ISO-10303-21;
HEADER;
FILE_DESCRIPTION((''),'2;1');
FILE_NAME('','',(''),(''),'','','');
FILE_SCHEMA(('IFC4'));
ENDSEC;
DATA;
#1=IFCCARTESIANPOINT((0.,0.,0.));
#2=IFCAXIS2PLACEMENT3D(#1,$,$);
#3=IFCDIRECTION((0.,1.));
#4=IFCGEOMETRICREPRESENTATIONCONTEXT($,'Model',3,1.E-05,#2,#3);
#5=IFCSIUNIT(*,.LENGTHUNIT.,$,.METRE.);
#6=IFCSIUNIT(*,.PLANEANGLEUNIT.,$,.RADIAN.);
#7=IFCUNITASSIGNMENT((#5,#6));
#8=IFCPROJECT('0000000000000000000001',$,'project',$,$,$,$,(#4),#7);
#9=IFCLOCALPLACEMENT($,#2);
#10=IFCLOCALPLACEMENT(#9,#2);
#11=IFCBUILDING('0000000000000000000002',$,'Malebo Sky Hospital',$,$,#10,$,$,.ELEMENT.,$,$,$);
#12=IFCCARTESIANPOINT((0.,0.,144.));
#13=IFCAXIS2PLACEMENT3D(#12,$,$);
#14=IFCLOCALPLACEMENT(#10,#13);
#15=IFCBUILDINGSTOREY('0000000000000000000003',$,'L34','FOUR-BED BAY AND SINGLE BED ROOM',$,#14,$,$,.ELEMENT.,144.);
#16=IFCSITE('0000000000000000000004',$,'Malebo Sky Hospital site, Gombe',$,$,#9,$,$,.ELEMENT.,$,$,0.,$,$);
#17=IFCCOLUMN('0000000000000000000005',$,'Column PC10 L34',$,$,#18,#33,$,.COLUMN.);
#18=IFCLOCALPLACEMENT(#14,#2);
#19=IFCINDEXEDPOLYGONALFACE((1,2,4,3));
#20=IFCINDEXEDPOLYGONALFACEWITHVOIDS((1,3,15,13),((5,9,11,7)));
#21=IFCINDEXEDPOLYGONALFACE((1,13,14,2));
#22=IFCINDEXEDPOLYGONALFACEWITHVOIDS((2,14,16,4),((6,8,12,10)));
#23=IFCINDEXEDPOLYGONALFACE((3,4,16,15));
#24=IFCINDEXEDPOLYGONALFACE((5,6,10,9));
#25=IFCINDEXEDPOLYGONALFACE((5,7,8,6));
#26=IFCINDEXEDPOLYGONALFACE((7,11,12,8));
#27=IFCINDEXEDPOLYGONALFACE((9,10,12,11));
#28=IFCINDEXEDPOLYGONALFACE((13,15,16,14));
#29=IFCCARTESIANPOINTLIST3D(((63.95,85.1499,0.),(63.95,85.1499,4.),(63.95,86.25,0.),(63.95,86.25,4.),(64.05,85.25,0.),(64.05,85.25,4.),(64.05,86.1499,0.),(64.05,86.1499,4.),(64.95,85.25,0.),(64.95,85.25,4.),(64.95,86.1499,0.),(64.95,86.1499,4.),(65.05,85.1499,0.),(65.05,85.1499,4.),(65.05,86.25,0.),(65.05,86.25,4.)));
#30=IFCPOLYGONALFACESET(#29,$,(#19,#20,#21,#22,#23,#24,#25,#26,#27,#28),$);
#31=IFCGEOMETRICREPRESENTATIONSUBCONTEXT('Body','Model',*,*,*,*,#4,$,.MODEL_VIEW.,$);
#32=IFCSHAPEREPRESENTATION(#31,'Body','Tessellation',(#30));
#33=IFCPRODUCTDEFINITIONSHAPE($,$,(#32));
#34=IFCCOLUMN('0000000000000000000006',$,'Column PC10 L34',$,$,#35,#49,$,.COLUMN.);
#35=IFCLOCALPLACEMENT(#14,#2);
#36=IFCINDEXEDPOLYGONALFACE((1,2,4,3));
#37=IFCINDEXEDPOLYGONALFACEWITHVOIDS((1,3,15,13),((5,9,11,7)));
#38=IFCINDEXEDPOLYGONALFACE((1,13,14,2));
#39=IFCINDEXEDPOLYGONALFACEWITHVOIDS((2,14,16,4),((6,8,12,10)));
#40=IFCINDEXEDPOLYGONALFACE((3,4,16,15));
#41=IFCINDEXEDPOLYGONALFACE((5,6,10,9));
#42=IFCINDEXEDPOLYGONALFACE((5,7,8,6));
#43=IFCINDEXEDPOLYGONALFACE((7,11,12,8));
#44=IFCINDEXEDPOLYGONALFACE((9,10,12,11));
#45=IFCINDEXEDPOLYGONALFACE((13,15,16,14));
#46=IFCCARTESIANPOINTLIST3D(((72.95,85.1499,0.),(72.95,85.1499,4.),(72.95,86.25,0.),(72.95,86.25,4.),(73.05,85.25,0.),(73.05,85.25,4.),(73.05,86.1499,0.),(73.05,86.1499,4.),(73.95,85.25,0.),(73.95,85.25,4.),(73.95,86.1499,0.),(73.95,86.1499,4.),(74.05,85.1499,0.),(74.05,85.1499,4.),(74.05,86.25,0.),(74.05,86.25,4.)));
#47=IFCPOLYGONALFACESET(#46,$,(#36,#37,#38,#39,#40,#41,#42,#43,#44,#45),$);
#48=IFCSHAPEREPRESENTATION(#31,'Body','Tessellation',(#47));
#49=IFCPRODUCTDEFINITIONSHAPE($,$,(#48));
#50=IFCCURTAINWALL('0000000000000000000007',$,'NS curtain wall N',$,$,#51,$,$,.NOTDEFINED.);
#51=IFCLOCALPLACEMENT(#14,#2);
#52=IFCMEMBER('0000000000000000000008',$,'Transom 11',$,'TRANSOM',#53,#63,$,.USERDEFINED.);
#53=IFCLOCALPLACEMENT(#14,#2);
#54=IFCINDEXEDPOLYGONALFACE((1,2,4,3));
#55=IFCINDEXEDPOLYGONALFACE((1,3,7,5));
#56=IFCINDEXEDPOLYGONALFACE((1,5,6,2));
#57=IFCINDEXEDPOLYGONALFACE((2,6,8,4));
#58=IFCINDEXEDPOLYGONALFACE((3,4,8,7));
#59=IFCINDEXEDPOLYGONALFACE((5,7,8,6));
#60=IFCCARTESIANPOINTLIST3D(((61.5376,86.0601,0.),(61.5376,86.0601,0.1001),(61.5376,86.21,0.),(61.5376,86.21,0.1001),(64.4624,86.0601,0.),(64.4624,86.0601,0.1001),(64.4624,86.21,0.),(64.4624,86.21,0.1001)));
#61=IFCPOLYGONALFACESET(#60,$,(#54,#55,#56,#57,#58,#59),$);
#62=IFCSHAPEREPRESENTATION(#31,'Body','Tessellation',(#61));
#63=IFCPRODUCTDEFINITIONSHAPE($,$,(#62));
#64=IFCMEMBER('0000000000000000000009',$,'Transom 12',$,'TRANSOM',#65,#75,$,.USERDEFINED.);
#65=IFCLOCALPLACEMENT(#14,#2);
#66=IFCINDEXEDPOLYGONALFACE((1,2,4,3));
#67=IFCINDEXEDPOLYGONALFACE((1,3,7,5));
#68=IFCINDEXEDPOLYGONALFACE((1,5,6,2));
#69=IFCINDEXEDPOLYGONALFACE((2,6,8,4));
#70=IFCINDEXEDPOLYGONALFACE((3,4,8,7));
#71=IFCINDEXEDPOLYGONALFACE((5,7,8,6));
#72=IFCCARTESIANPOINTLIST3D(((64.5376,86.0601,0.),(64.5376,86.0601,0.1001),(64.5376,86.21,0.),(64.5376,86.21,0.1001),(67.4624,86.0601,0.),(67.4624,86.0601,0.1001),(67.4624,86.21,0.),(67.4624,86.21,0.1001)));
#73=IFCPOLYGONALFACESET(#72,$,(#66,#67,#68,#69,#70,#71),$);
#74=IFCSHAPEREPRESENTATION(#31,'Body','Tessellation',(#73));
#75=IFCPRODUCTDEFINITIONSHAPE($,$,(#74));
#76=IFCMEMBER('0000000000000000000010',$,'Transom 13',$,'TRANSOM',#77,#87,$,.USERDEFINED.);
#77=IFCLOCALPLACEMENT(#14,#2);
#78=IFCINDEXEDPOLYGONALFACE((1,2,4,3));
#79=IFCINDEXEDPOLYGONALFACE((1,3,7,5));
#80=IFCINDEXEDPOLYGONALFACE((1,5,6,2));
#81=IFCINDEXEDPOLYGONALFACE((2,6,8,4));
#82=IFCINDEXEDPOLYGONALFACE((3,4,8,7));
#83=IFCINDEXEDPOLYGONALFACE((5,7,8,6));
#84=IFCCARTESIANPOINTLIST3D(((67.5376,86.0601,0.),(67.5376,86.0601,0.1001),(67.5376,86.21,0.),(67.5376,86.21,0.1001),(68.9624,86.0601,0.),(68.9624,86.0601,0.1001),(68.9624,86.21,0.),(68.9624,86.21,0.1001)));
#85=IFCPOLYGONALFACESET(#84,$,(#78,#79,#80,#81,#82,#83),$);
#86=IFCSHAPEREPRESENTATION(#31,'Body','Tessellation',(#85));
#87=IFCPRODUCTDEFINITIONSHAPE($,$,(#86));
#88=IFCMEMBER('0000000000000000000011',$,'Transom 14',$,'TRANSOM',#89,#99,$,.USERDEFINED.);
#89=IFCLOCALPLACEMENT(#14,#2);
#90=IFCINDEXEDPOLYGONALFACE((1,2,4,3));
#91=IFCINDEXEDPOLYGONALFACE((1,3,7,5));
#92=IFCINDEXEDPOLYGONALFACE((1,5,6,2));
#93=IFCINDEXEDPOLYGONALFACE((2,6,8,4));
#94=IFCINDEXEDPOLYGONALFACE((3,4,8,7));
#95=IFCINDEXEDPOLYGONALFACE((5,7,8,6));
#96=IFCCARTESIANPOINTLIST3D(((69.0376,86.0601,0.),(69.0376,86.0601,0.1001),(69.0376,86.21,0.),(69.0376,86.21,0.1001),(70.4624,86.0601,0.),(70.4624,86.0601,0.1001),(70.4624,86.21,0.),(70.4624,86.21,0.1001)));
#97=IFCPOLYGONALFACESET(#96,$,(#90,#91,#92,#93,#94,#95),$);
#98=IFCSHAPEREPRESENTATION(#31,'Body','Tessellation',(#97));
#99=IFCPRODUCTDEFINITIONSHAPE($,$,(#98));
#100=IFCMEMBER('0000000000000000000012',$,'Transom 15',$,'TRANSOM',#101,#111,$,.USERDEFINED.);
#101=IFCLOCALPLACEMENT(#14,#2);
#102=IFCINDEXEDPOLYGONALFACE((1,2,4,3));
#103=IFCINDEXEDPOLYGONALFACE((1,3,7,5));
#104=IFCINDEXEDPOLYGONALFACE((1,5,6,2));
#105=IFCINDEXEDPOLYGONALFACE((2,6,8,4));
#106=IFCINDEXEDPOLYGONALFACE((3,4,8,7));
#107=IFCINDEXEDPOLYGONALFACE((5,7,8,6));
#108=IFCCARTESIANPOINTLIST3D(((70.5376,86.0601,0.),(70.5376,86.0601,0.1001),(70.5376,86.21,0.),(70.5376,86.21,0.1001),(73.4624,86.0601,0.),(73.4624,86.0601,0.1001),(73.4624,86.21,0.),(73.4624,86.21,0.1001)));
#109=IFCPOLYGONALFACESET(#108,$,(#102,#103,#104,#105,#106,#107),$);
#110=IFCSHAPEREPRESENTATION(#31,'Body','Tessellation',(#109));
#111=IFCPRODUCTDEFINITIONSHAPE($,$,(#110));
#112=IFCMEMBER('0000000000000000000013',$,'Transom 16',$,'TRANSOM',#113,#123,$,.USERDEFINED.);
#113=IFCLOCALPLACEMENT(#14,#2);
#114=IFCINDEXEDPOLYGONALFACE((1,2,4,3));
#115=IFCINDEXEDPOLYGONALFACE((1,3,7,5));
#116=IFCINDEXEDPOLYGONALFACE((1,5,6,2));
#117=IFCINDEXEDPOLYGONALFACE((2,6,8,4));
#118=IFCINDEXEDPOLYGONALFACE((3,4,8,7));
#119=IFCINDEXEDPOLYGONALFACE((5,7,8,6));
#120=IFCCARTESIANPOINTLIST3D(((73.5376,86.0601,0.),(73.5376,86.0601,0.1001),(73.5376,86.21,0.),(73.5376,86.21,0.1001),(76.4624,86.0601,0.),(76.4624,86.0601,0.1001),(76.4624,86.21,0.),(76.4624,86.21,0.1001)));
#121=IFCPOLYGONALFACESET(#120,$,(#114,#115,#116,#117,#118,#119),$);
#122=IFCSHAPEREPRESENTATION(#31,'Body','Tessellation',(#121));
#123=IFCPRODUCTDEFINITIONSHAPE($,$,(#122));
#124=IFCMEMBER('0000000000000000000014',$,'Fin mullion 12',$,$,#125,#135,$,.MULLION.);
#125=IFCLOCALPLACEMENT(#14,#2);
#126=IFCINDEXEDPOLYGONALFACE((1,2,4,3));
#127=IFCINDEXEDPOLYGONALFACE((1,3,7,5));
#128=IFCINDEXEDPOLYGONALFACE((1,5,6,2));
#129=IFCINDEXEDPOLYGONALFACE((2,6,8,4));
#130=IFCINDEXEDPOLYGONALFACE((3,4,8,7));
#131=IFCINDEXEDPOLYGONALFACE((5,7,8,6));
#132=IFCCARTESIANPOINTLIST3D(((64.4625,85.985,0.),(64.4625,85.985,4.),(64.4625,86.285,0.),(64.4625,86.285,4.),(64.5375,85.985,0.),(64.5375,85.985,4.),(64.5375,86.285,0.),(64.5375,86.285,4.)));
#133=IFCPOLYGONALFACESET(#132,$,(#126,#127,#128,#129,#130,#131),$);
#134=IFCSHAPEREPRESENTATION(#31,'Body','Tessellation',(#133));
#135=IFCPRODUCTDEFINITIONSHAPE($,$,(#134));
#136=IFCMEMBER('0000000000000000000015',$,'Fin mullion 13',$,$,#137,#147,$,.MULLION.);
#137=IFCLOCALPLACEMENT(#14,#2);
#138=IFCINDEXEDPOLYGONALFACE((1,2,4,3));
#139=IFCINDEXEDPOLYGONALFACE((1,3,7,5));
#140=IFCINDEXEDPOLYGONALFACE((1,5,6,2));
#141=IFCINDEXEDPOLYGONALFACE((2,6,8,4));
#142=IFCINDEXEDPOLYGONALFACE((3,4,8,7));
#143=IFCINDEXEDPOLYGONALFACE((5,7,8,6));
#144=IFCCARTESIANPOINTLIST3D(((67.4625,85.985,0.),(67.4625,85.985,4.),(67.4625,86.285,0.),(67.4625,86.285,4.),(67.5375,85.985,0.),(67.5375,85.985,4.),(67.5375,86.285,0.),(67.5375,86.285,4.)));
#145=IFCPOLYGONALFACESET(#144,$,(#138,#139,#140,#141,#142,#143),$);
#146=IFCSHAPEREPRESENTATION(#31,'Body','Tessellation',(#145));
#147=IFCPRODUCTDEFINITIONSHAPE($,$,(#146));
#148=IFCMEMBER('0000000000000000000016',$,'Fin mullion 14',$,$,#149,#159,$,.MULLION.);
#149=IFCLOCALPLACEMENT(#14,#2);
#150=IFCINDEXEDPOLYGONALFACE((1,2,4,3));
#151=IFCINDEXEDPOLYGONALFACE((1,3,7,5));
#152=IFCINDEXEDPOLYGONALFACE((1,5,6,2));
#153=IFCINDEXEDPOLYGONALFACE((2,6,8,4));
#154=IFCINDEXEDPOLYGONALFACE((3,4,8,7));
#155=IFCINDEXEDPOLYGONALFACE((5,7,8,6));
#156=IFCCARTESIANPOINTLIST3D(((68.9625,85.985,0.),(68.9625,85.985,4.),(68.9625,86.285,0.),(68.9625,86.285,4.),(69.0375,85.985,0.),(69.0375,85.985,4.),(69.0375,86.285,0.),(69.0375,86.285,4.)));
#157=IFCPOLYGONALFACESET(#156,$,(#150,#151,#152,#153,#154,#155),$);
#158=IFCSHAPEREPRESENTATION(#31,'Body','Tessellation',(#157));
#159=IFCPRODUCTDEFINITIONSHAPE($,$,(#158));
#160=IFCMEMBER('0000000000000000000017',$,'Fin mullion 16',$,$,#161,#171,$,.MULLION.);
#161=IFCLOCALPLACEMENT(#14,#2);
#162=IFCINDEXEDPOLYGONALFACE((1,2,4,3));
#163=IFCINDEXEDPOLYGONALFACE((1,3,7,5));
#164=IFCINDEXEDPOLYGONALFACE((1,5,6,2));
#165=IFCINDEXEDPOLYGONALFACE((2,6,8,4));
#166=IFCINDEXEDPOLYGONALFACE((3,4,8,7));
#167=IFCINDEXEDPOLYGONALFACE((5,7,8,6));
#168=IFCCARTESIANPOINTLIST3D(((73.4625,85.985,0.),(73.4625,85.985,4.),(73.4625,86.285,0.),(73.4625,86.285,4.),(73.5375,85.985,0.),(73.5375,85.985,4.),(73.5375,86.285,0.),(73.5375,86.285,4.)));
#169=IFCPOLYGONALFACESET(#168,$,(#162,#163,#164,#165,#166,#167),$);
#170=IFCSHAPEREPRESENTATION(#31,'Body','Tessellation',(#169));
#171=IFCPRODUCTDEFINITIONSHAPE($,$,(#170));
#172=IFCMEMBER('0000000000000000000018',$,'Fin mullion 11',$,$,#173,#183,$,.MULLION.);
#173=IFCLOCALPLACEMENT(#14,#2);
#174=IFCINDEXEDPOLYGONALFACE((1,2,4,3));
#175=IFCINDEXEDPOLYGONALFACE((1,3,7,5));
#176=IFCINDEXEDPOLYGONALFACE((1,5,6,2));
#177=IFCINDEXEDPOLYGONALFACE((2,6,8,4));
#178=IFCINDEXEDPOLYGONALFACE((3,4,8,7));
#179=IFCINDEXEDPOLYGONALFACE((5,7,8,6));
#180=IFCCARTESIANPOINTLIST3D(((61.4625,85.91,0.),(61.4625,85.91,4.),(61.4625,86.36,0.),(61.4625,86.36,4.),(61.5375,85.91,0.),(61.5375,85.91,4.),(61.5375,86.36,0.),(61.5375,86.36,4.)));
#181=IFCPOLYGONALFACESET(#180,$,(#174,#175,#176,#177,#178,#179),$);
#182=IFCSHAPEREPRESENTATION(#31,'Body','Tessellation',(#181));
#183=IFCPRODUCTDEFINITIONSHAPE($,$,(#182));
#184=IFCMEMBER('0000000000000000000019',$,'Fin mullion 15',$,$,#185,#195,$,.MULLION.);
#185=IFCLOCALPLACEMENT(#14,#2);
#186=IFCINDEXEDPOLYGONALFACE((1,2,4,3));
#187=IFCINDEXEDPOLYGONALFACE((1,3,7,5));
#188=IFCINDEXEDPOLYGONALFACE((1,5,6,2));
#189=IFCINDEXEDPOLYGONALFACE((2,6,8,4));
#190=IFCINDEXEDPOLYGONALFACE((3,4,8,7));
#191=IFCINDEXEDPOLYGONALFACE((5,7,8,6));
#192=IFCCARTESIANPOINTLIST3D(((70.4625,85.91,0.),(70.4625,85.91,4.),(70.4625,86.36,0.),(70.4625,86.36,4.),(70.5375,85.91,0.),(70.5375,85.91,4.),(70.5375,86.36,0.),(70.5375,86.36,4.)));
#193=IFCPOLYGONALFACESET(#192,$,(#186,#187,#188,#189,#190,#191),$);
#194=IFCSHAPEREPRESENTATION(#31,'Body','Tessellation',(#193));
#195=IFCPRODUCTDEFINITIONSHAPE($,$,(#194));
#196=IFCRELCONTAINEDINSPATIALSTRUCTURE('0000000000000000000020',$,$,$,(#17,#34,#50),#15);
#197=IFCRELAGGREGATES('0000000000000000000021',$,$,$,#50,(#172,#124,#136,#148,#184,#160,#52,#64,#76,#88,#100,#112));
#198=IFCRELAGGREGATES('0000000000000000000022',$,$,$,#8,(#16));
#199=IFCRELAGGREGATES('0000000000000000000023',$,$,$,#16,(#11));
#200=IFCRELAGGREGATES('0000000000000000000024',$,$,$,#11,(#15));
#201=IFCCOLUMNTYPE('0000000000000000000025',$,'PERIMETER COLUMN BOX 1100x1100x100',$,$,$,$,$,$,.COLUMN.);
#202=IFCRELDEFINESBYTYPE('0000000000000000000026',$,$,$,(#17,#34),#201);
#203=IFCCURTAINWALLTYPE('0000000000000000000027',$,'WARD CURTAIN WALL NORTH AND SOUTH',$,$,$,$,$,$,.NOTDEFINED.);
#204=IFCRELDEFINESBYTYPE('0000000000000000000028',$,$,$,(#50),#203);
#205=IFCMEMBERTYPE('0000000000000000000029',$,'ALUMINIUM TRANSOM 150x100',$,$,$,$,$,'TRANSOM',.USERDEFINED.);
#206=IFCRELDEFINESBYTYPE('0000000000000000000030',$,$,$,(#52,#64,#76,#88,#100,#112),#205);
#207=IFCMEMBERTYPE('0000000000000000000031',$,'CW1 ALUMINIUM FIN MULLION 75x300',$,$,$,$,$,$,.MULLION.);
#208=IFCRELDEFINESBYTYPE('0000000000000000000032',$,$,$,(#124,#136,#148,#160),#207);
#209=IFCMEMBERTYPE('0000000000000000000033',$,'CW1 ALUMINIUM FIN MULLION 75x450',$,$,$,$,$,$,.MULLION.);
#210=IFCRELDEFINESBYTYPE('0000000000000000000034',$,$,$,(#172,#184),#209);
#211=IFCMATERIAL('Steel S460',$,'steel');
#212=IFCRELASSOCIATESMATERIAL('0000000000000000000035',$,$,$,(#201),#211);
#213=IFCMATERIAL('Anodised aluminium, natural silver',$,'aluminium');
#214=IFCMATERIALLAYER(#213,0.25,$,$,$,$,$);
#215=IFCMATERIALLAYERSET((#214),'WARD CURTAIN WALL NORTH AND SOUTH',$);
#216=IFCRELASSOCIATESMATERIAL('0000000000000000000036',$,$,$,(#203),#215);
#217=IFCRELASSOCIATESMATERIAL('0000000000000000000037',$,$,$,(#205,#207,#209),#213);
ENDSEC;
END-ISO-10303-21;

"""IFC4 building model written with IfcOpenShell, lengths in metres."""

from ifc_helpers import new_model, si_unit, direction, frame, origin, origin_2d, place, context, subcontext, project, spatial, rectangle, hollow_rectangle, extrude, material, layer, layer_set, material_profile, profile_set, type_object, element, aggregate, save


model = new_model("IFC4")

# Units and contexts
model_context = context("Model", 3, precision=1e-05, world=origin(), true_north=direction((0.0, 1.0)))
body_context = subcontext(model_context, "Body", "Model", "MODEL_VIEW")
ifc_project = project(units=[si_unit("LENGTHUNIT", "METRE"), si_unit("PLANEANGLEUNIT", "RADIAN")], contexts=[model_context])

# Site, building, storey
site_placement = place(None, origin())
site = spatial("IfcSite", under=ifc_project, at=site_placement, Name="Malebo Sky Hospital site, Gombe", CompositionType="ELEMENT", RefElevation=0.0)
building_placement = place(site_placement, origin())
building = spatial("IfcBuilding", under=site, at=building_placement, Name="Malebo Sky Hospital", CompositionType="ELEMENT")
storey_placement = place(building_placement, frame((0.0, 0.0, 144.0)))
storey = spatial("IfcBuildingStorey", under=building, at=storey_placement, Name="L34", Description="FOUR-BED BAY AND SINGLE BED ROOM", CompositionType="ELEMENT", Elevation=144.0)

# Columns
ifc_material_1 = material(Name="Steel S460", Category="steel")
ifc_material_profile_1 = material_profile(ifc_material_1, hollow_rectangle(XDim=1.1001, YDim=1.1001, WallThickness=0.1001, at=origin_2d()), Name="BOX 1100x1100x100")
ifc_profile_set_1 = profile_set([ifc_material_profile_1], Name="Steel S460")
column_type = type_object("IfcColumnType", Name="PERIMETER COLUMN BOX 1100x1100x100", PredefinedType="COLUMN", material=ifc_profile_set_1)
for number, where, z_axis, x_axis, name in (
    (1, (64.5, 85.7, 0.0), (0.0, 0.0, 1.0), (1.0, 0.0, 0.0), "Column PC10 L34"),
    (2, (73.5, 85.7, 0.0), (0.0, 0.0, 1.0), (1.0, 0.0, 0.0), "Column PC10 L34"),
):
    element("IfcColumn", number, at=place(storey_placement, frame(where, z_axis=z_axis, x_axis=x_axis)), inside=storey, type_object=column_type, Name=name, PredefinedType="COLUMN", context=body_context, shape_type="SweptSolid", body=[
        extrude(hollow_rectangle(XDim=1.1001, YDim=1.1001, WallThickness=0.1001, at=origin_2d()), origin(), (0.0, 0.0, 1.0), 4.0),
    ])

# Curtain wall, members
ifc_material_2 = material(Name="Anodised aluminium, natural silver", Category="aluminium")
ifc_layer_1 = layer(ifc_material_2, 0.25)
ifc_layer_set_1 = layer_set([ifc_layer_1], Name="WARD CURTAIN WALL NORTH AND SOUTH")
curtain_wall_type = type_object("IfcCurtainWallType", Name="WARD CURTAIN WALL NORTH AND SOUTH", PredefinedType="NOTDEFINED", material=ifc_layer_set_1)
curtain_wall_placement = place(storey_placement, origin())
curtain_wall = element("IfcCurtainWall", 3, at=curtain_wall_placement, inside=storey, type_object=curtain_wall_type, Name="NS curtain wall N", PredefinedType="NOTDEFINED")
ifc_material_profile_2 = material_profile(ifc_material_2, rectangle(XDim=0.1499, YDim=0.1001, at=origin_2d()), Name="ALUMINIUM TRANSOM 150x100")
ifc_profile_set_2 = profile_set([ifc_material_profile_2], Name="Anodised aluminium, natural silver")
member_type_1 = type_object("IfcMemberType", Name="ALUMINIUM TRANSOM 150x100", ElementType="TRANSOM", PredefinedType="USERDEFINED", material=ifc_profile_set_2)
member_1_placement = place(storey_placement, frame((61.5376, 86.135, 0.05), z_axis=(1.0, 0.0, 0.0), x_axis=(0.0, 1.0, 0.0)))
member_1 = element("IfcMember", 4, at=member_1_placement, type_object=member_type_1, Name="Transom 11", ObjectType="TRANSOM", PredefinedType="USERDEFINED", context=body_context, shape_type="SweptSolid", body=[
    extrude(rectangle(XDim=0.1499, YDim=0.1001, at=origin_2d()), origin(), (0.0, 0.0, 1.0), 2.9248),
])
member_2_placement = place(storey_placement, frame((64.5376, 86.135, 0.05), z_axis=(1.0, 0.0, 0.0), x_axis=(0.0, 1.0, 0.0)))
member_2 = element("IfcMember", 5, at=member_2_placement, type_object=member_type_1, Name="Transom 12", ObjectType="TRANSOM", PredefinedType="USERDEFINED", context=body_context, shape_type="SweptSolid", body=[
    extrude(rectangle(XDim=0.1499, YDim=0.1001, at=origin_2d()), origin(), (0.0, 0.0, 1.0), 2.9248),
])
member_3_placement = place(storey_placement, frame((67.5376, 86.135, 0.05), z_axis=(1.0, 0.0, 0.0), x_axis=(0.0, 1.0, 0.0)))
member_3 = element("IfcMember", 6, at=member_3_placement, type_object=member_type_1, Name="Transom 13", ObjectType="TRANSOM", PredefinedType="USERDEFINED", context=body_context, shape_type="SweptSolid", body=[
    extrude(rectangle(XDim=0.1499, YDim=0.1001, at=origin_2d()), origin(), (0.0, 0.0, 1.0), 1.4248),
])
member_4_placement = place(storey_placement, frame((69.0376, 86.135, 0.05), z_axis=(1.0, 0.0, 0.0), x_axis=(0.0, 1.0, 0.0)))
member_4 = element("IfcMember", 7, at=member_4_placement, type_object=member_type_1, Name="Transom 14", ObjectType="TRANSOM", PredefinedType="USERDEFINED", context=body_context, shape_type="SweptSolid", body=[
    extrude(rectangle(XDim=0.1499, YDim=0.1001, at=origin_2d()), origin(), (0.0, 0.0, 1.0), 1.4248),
])
member_5_placement = place(storey_placement, frame((70.5376, 86.135, 0.05), z_axis=(1.0, 0.0, 0.0), x_axis=(0.0, 1.0, 0.0)))
member_5 = element("IfcMember", 8, at=member_5_placement, type_object=member_type_1, Name="Transom 15", ObjectType="TRANSOM", PredefinedType="USERDEFINED", context=body_context, shape_type="SweptSolid", body=[
    extrude(rectangle(XDim=0.1499, YDim=0.1001, at=origin_2d()), origin(), (0.0, 0.0, 1.0), 2.9248),
])
member_6_placement = place(storey_placement, frame((73.5376, 86.135, 0.05), z_axis=(1.0, 0.0, 0.0), x_axis=(0.0, 1.0, 0.0)))
member_6 = element("IfcMember", 9, at=member_6_placement, type_object=member_type_1, Name="Transom 16", ObjectType="TRANSOM", PredefinedType="USERDEFINED", context=body_context, shape_type="SweptSolid", body=[
    extrude(rectangle(XDim=0.1499, YDim=0.1001, at=origin_2d()), origin(), (0.0, 0.0, 1.0), 2.9248),
])
ifc_material_profile_3 = material_profile(ifc_material_2, rectangle(XDim=0.075, YDim=0.3, at=origin_2d()), Name="CW1 ALUMINIUM FIN MULLION 75x300")
ifc_profile_set_3 = profile_set([ifc_material_profile_3], Name="Anodised aluminium, natural silver")
member_type_2 = type_object("IfcMemberType", Name="CW1 ALUMINIUM FIN MULLION 75x300", PredefinedType="MULLION", material=ifc_profile_set_3)
member_7_placement = place(storey_placement, frame((64.5, 86.135, 0.0), z_axis=(0.0, 0.0, 1.0), x_axis=(1.0, 0.0, 0.0)))
member_7 = element("IfcMember", 10, at=member_7_placement, type_object=member_type_2, Name="Fin mullion 12", PredefinedType="MULLION", context=body_context, shape_type="SweptSolid", body=[
    extrude(rectangle(XDim=0.075, YDim=0.3, at=origin_2d()), origin(), (0.0, 0.0, 1.0), 4.0),
])
member_8_placement = place(storey_placement, frame((67.5, 86.135, 0.0), z_axis=(0.0, 0.0, 1.0), x_axis=(1.0, 0.0, 0.0)))
member_8 = element("IfcMember", 11, at=member_8_placement, type_object=member_type_2, Name="Fin mullion 13", PredefinedType="MULLION", context=body_context, shape_type="SweptSolid", body=[
    extrude(rectangle(XDim=0.075, YDim=0.3, at=origin_2d()), origin(), (0.0, 0.0, 1.0), 4.0),
])
member_9_placement = place(storey_placement, frame((69.0, 86.135, 0.0), z_axis=(0.0, 0.0, 1.0), x_axis=(1.0, 0.0, 0.0)))
member_9 = element("IfcMember", 12, at=member_9_placement, type_object=member_type_2, Name="Fin mullion 14", PredefinedType="MULLION", context=body_context, shape_type="SweptSolid", body=[
    extrude(rectangle(XDim=0.075, YDim=0.3, at=origin_2d()), origin(), (0.0, 0.0, 1.0), 4.0),
])
member_10_placement = place(storey_placement, frame((73.5, 86.135, 0.0), z_axis=(0.0, 0.0, 1.0), x_axis=(1.0, 0.0, 0.0)))
member_10 = element("IfcMember", 13, at=member_10_placement, type_object=member_type_2, Name="Fin mullion 16", PredefinedType="MULLION", context=body_context, shape_type="SweptSolid", body=[
    extrude(rectangle(XDim=0.075, YDim=0.3, at=origin_2d()), origin(), (0.0, 0.0, 1.0), 4.0),
])
ifc_material_profile_4 = material_profile(ifc_material_2, rectangle(XDim=0.075, YDim=0.45, at=origin_2d()), Name="CW1 ALUMINIUM FIN MULLION 75x450")
ifc_profile_set_4 = profile_set([ifc_material_profile_4], Name="Anodised aluminium, natural silver")
member_type_3 = type_object("IfcMemberType", Name="CW1 ALUMINIUM FIN MULLION 75x450", PredefinedType="MULLION", material=ifc_profile_set_4)
member_11_placement = place(storey_placement, frame((61.5, 86.135, 0.0), z_axis=(0.0, 0.0, 1.0), x_axis=(1.0, 0.0, 0.0)))
member_11 = element("IfcMember", 14, at=member_11_placement, type_object=member_type_3, Name="Fin mullion 11", PredefinedType="MULLION", context=body_context, shape_type="SweptSolid", body=[
    extrude(rectangle(XDim=0.075, YDim=0.45, at=origin_2d()), origin(), (0.0, 0.0, 1.0), 4.0),
])
member_12_placement = place(storey_placement, frame((70.5, 86.135, 0.0), z_axis=(0.0, 0.0, 1.0), x_axis=(1.0, 0.0, 0.0)))
member_12 = element("IfcMember", 15, at=member_12_placement, type_object=member_type_3, Name="Fin mullion 15", PredefinedType="MULLION", context=body_context, shape_type="SweptSolid", body=[
    extrude(rectangle(XDim=0.075, YDim=0.45, at=origin_2d()), origin(), (0.0, 0.0, 1.0), 4.0),
])

aggregate(curtain_wall, [member_11, member_7, member_8, member_9, member_12, member_10, member_1, member_2, member_3, member_4, member_5, member_6])

save(model, "model.ifc")
